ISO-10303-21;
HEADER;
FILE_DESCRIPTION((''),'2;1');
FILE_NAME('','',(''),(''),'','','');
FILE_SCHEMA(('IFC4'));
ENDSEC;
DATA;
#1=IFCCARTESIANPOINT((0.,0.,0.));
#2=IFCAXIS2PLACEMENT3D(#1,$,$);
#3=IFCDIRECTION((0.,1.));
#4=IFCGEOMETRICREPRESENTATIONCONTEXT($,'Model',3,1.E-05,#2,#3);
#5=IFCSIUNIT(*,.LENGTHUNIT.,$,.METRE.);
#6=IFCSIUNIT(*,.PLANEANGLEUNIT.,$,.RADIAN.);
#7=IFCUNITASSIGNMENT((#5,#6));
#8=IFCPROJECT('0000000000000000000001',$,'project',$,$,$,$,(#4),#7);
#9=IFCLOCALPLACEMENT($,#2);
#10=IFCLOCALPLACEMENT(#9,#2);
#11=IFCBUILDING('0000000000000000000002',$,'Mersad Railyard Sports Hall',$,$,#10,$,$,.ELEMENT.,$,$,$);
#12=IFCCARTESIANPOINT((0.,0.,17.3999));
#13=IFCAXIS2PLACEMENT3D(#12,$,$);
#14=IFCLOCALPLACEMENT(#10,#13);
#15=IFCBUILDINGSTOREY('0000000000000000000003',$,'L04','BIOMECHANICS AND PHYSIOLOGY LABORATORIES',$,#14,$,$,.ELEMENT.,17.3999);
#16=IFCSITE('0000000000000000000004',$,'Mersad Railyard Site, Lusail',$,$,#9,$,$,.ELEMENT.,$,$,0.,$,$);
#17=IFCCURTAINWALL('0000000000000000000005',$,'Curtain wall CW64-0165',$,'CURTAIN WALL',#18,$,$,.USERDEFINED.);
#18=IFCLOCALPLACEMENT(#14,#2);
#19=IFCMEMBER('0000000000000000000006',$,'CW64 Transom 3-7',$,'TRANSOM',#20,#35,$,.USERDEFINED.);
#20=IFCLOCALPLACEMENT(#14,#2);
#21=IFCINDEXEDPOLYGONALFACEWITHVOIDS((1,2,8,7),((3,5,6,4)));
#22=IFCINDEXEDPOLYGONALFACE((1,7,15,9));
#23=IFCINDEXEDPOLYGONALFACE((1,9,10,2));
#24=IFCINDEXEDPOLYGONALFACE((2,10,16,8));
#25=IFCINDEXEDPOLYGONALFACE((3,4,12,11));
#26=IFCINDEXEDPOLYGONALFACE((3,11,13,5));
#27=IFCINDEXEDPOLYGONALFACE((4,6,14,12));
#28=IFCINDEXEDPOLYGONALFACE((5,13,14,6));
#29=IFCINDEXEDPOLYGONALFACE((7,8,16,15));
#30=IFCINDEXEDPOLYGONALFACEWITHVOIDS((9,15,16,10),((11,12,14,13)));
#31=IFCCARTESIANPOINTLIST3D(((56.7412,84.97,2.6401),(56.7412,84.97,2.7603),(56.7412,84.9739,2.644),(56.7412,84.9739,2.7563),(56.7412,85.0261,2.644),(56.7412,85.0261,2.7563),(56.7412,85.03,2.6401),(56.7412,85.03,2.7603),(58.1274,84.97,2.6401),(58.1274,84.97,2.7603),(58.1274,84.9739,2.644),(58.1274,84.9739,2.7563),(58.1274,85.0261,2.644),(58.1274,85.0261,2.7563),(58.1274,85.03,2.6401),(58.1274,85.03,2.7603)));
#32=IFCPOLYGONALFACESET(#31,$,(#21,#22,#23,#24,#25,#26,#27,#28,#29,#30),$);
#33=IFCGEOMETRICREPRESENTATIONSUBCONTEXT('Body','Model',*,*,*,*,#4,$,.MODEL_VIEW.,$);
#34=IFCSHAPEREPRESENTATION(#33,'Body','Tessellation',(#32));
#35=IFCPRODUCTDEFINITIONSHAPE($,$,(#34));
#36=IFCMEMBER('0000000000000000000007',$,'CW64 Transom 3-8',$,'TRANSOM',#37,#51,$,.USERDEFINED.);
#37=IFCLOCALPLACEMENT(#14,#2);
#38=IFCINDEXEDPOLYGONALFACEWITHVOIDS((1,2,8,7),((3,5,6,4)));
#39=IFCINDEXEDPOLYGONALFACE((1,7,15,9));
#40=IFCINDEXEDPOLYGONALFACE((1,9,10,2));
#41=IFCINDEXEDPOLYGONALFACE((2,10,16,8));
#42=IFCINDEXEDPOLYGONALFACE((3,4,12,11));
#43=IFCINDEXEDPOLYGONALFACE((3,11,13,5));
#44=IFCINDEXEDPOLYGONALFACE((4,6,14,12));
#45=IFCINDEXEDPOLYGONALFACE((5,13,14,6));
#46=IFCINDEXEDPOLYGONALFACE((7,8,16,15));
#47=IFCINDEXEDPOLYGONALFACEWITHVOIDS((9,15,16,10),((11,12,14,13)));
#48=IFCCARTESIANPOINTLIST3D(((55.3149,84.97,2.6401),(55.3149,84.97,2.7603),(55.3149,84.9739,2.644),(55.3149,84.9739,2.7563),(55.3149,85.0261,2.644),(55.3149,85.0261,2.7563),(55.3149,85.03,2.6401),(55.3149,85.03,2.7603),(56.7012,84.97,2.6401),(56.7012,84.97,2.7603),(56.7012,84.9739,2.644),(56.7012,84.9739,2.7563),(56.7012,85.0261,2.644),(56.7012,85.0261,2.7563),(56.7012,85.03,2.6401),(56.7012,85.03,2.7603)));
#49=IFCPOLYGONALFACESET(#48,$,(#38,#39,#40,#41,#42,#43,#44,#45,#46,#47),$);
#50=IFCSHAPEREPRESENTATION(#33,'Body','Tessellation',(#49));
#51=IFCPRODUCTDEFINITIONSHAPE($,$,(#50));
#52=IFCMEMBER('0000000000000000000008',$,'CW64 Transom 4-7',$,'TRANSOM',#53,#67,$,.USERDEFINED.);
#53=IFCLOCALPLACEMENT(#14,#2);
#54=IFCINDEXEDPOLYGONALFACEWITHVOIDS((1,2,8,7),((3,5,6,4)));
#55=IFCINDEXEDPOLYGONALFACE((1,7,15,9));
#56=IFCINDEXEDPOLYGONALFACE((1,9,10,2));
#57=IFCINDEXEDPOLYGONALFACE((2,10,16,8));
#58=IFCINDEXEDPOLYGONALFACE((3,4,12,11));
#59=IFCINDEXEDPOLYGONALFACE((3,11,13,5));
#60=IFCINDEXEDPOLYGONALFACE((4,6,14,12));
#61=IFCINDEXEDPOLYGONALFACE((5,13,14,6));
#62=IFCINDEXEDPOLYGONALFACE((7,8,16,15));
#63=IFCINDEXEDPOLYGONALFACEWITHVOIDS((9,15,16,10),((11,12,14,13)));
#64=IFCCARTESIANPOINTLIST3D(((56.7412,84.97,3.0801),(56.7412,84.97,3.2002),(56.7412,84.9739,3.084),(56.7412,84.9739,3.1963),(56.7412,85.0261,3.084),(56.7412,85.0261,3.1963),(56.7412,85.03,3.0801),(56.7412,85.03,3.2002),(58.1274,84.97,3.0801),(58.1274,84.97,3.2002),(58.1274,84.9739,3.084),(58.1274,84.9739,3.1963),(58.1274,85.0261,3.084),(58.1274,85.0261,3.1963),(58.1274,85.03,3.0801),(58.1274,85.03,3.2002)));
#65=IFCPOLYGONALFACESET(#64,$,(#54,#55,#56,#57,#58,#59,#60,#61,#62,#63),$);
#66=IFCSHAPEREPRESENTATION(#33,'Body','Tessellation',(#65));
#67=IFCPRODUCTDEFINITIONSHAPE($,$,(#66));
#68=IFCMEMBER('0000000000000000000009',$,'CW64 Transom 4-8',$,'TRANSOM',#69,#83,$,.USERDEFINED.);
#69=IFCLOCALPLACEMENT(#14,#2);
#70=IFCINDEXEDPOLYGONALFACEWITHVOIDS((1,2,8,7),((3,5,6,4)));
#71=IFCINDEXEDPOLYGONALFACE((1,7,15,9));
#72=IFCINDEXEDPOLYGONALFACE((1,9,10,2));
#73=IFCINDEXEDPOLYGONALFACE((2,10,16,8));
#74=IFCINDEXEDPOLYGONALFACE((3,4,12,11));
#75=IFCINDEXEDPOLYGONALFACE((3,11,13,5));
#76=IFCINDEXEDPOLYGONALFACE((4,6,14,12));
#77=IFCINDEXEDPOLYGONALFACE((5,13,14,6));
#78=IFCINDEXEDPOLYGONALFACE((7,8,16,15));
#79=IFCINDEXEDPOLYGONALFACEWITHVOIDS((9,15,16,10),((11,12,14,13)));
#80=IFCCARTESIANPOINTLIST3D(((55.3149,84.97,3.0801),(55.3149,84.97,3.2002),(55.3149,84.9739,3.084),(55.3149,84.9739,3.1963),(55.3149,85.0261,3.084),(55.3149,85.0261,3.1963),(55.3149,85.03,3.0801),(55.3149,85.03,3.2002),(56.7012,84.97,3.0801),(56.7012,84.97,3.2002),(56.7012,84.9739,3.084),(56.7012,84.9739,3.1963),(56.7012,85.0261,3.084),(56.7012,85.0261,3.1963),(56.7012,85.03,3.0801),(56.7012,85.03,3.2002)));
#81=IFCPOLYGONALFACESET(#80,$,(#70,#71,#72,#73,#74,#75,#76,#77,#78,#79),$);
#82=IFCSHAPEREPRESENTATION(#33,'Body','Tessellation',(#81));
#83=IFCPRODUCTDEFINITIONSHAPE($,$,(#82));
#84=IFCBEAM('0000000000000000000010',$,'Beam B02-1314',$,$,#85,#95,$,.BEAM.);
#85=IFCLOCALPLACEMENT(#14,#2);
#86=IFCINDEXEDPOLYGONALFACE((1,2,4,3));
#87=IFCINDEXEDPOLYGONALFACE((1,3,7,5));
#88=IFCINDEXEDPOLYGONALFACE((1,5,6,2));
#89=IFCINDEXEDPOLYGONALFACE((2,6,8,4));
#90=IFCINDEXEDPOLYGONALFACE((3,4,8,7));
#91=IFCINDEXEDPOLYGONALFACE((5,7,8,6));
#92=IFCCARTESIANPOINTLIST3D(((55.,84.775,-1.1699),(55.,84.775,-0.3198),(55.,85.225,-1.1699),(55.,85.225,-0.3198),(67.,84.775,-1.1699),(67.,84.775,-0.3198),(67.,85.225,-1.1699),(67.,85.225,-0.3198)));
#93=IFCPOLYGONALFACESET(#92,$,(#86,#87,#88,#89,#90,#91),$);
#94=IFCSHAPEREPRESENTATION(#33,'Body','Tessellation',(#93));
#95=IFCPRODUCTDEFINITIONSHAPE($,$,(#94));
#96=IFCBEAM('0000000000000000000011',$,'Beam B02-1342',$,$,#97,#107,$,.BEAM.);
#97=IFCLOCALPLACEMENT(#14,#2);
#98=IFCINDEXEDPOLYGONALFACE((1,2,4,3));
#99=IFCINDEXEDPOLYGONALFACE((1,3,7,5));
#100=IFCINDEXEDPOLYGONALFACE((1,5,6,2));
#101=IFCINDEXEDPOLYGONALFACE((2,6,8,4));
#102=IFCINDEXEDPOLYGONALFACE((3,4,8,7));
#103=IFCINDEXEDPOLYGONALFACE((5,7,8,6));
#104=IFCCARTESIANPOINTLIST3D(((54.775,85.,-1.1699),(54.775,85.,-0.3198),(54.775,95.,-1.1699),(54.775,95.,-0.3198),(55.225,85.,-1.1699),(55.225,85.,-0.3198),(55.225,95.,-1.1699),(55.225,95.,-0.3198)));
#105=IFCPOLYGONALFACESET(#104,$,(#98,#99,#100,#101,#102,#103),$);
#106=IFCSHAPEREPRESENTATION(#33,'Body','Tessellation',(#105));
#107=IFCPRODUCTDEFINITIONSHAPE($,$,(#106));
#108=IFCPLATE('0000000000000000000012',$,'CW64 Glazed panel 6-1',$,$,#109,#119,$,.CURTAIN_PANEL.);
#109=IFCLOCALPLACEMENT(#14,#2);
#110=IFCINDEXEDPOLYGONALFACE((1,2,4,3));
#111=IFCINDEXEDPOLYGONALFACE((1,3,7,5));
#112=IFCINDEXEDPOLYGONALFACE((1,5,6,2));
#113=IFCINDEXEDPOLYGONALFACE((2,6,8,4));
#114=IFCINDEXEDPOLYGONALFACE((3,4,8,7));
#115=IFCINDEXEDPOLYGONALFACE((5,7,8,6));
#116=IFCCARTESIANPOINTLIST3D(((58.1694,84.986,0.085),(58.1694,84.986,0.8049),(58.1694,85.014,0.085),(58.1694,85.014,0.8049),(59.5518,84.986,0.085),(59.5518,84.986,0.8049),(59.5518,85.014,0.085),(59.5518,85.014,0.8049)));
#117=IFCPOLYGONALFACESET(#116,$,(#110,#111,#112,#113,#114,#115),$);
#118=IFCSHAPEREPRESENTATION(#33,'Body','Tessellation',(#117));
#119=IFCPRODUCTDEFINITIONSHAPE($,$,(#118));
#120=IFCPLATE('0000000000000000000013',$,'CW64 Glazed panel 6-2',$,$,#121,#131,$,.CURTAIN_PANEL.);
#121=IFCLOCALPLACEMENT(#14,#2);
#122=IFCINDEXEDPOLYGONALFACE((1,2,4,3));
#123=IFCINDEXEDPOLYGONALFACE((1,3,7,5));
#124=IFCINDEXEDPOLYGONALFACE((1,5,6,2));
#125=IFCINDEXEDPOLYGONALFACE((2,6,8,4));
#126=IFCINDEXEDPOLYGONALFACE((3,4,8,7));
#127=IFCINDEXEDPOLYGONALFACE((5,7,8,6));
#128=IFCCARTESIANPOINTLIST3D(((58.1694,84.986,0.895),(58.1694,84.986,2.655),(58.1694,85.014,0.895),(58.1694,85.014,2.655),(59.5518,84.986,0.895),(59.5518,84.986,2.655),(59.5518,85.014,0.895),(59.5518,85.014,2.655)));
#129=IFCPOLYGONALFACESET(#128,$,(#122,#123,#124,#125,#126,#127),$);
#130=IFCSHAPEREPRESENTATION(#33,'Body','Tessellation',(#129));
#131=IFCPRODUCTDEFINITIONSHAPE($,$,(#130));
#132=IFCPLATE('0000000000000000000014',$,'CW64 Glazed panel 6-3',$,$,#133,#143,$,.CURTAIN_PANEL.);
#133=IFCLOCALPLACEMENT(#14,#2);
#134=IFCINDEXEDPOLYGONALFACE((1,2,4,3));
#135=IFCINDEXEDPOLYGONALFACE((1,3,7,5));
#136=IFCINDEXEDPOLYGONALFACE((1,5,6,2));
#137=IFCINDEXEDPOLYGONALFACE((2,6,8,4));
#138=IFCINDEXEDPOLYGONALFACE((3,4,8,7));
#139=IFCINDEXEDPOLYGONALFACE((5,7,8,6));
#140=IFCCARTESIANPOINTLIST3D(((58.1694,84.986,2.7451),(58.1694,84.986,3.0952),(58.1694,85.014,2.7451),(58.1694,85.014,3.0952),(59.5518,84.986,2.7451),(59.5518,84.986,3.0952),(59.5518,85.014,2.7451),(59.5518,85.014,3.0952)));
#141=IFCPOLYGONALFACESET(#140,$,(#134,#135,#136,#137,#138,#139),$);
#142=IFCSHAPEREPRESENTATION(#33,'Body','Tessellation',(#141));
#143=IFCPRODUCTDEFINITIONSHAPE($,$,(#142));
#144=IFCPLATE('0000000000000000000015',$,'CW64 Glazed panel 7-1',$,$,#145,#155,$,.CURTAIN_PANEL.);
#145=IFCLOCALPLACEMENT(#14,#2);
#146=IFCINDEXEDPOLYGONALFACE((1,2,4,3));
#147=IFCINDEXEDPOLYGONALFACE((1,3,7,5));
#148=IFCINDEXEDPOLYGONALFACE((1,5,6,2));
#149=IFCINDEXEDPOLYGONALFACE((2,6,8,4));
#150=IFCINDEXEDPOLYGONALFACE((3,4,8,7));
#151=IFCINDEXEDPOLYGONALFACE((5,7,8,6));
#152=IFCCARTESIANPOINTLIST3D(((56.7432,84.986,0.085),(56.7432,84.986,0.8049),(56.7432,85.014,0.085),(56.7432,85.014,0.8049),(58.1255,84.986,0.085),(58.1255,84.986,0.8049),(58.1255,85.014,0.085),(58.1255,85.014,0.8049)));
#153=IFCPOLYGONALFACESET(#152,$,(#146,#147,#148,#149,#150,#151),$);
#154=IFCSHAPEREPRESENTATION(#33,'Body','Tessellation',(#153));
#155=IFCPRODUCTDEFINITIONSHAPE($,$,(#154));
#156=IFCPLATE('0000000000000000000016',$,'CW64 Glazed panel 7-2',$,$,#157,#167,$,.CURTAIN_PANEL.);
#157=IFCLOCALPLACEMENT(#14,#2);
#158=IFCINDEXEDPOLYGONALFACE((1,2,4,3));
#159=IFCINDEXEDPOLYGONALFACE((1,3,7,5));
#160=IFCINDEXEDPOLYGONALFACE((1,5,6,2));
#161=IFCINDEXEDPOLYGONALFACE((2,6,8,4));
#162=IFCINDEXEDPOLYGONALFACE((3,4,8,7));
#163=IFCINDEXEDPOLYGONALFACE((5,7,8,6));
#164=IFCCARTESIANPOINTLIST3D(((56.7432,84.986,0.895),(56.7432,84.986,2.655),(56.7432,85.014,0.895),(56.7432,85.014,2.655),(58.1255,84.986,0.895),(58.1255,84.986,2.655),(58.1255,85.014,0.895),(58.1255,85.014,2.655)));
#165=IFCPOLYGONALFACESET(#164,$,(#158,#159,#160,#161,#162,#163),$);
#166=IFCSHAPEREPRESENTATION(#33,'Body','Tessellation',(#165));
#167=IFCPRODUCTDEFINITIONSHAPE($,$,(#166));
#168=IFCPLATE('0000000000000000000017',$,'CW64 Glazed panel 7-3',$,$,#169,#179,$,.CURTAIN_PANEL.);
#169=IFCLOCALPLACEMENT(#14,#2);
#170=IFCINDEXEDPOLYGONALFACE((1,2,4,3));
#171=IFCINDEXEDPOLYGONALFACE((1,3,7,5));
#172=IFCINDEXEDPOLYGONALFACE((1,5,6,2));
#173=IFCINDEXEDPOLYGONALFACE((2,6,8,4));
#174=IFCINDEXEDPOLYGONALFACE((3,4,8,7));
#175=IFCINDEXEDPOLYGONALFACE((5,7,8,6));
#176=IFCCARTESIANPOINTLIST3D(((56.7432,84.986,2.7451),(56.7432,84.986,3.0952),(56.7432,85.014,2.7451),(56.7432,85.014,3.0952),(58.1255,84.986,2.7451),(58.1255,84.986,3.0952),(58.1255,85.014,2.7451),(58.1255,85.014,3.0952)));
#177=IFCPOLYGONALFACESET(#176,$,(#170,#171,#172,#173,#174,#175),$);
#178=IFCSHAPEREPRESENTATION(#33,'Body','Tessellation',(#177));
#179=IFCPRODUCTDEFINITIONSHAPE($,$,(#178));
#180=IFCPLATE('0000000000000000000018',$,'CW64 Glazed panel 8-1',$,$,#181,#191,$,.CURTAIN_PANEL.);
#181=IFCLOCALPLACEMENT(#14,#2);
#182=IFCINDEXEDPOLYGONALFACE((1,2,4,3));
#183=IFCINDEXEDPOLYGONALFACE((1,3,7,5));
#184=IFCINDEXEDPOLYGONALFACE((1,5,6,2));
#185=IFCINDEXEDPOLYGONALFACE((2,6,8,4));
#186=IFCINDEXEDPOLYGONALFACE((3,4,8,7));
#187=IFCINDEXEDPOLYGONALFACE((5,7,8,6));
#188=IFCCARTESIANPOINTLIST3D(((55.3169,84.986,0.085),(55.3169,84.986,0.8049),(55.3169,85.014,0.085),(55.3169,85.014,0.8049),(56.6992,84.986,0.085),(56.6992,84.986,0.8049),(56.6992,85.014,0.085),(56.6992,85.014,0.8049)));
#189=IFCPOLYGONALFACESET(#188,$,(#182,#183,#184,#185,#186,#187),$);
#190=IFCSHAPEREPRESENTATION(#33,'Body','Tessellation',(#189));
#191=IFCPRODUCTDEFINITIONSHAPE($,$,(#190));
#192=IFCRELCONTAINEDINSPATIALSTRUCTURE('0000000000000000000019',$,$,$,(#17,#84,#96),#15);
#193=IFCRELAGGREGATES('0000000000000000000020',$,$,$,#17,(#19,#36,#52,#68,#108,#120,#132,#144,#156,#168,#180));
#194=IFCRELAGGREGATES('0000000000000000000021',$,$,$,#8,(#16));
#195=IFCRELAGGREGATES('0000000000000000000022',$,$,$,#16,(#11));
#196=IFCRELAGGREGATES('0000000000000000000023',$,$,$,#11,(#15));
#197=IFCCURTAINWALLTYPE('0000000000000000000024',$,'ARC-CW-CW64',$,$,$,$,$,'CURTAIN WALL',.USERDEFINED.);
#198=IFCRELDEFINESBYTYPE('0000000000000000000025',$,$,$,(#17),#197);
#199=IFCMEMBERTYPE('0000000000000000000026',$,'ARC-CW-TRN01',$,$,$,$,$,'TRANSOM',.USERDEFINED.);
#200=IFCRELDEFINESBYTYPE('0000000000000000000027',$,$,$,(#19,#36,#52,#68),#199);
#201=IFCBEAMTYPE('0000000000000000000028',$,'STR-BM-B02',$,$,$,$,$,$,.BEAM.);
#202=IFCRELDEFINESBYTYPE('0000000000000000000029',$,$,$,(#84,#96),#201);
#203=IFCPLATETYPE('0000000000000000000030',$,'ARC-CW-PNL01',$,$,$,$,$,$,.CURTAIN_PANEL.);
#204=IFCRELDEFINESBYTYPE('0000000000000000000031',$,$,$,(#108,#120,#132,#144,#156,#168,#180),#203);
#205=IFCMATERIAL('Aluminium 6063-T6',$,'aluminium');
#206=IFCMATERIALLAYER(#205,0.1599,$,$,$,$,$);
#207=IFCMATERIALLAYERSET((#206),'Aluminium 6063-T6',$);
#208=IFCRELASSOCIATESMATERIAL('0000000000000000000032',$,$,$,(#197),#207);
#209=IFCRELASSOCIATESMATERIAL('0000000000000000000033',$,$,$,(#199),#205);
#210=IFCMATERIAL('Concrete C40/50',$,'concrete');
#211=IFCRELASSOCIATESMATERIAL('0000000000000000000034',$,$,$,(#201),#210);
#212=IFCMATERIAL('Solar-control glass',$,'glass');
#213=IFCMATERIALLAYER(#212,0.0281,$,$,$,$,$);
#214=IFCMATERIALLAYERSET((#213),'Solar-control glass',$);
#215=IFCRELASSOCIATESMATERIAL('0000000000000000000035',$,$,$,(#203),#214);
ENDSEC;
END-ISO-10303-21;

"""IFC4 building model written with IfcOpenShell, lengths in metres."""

from ifc_helpers import new_model, si_unit, direction, frame, origin, origin_2d, place, context, subcontext, project, spatial, rectangle, hollow_rectangle, extrude, material, layer, layer_set, material_profile, profile_set, type_object, element, aggregate, save


model = new_model("IFC4")

# Units and contexts
model_context = context("Model", 3, precision=1e-05, world=origin(), true_north=direction((0.0, 1.0)))
body_context = subcontext(model_context, "Body", "Model", "MODEL_VIEW")
ifc_project = project(units=[si_unit("LENGTHUNIT", "METRE"), si_unit("PLANEANGLEUNIT", "RADIAN")], contexts=[model_context])

# Site, building, storey
site_placement = place(None, origin())
site = spatial("IfcSite", under=ifc_project, at=site_placement, Name="Mersad Railyard Site, Lusail", CompositionType="ELEMENT", RefElevation=0.0)
building_placement = place(site_placement, origin())
building = spatial("IfcBuilding", under=site, at=building_placement, Name="Mersad Railyard Sports Hall", CompositionType="ELEMENT")
storey_placement = place(building_placement, frame((0.0, 0.0, 17.3999)))
storey = spatial("IfcBuildingStorey", under=building, at=storey_placement, Name="L04", Description="BIOMECHANICS AND PHYSIOLOGY LABORATORIES", CompositionType="ELEMENT", Elevation=17.3999)

# Shared definitions
ifc_material_1 = material(Name="Concrete C40/50", Category="concrete")

# Curtain wall, members
ifc_material_2 = material(Name="Aluminium 6063-T6", Category="aluminium")
ifc_layer_1 = layer(ifc_material_2, 0.1599)
ifc_layer_set_1 = layer_set([ifc_layer_1], Name="Aluminium 6063-T6")
curtain_wall_type = type_object("IfcCurtainWallType", Name="ARC-CW-CW64", ElementType="CURTAIN WALL", PredefinedType="USERDEFINED", material=ifc_layer_set_1)
curtain_wall_placement = place(storey_placement, origin())
curtain_wall = element("IfcCurtainWall", 1, at=curtain_wall_placement, inside=storey, type_object=curtain_wall_type, Name="Curtain wall CW64-0165", ObjectType="CURTAIN WALL", PredefinedType="USERDEFINED")
ifc_material_profile_1 = material_profile(ifc_material_2, hollow_rectangle(XDim=0.0601, YDim=0.1201, WallThickness=0.0039, at=origin_2d()), Name="AL TRANSOM 60x120x4")
ifc_profile_set_1 = profile_set([ifc_material_profile_1], Name="Aluminium 6063-T6")
member_type_1 = type_object("IfcMemberType", Name="ARC-CW-TRN01", ElementType="TRANSOM", PredefinedType="USERDEFINED", material=ifc_profile_set_1)
member_1_placement = place(storey_placement, frame((58.1274, 85.0, 2.7002), z_axis=(-1.0, 0.0, 0.0), x_axis=(0.0, -1.0, 0.0)))
member_1 = element("IfcMember", 2, at=member_1_placement, type_object=member_type_1, Name="CW64 Transom 3-7", ObjectType="TRANSOM", PredefinedType="USERDEFINED", context=body_context, shape_type="SweptSolid", body=[
    extrude(hollow_rectangle(XDim=0.0601, YDim=0.1201, WallThickness=0.0039, at=origin_2d()), origin(), (0.0, 0.0, 1.0), 1.3862),
])
member_2_placement = place(storey_placement, frame((56.7012, 85.0, 2.7002), z_axis=(-1.0, 0.0, 0.0), x_axis=(0.0, -1.0, 0.0)))
member_2 = element("IfcMember", 3, at=member_2_placement, type_object=member_type_1, Name="CW64 Transom 3-8", ObjectType="TRANSOM", PredefinedType="USERDEFINED", context=body_context, shape_type="SweptSolid", body=[
    extrude(hollow_rectangle(XDim=0.0601, YDim=0.1201, WallThickness=0.0039, at=origin_2d()), origin(), (0.0, 0.0, 1.0), 1.3862),
])
member_3_placement = place(storey_placement, frame((58.1274, 85.0, 3.1401), z_axis=(-1.0, 0.0, 0.0), x_axis=(0.0, -1.0, 0.0)))
member_3 = element("IfcMember", 4, at=member_3_placement, type_object=member_type_1, Name="CW64 Transom 4-7", ObjectType="TRANSOM", PredefinedType="USERDEFINED", context=body_context, shape_type="SweptSolid", body=[
    extrude(hollow_rectangle(XDim=0.0601, YDim=0.1201, WallThickness=0.0039, at=origin_2d()), origin(), (0.0, 0.0, 1.0), 1.3862),
])
member_4_placement = place(storey_placement, frame((56.7012, 85.0, 3.1401), z_axis=(-1.0, 0.0, 0.0), x_axis=(0.0, -1.0, 0.0)))
member_4 = element("IfcMember", 5, at=member_4_placement, type_object=member_type_1, Name="CW64 Transom 4-8", ObjectType="TRANSOM", PredefinedType="USERDEFINED", context=body_context, shape_type="SweptSolid", body=[
    extrude(hollow_rectangle(XDim=0.0601, YDim=0.1201, WallThickness=0.0039, at=origin_2d()), origin(), (0.0, 0.0, 1.0), 1.3862),
])

# Beams
ifc_material_profile_2 = material_profile(ifc_material_1, rectangle(XDim=0.45, YDim=0.8501, at=origin_2d()), Name="RC 450x850")
ifc_profile_set_2 = profile_set([ifc_material_profile_2], Name="Concrete C40/50")
beam_type = type_object("IfcBeamType", Name="STR-BM-B02", PredefinedType="BEAM", material=ifc_profile_set_2)
beam_1_placement = place(storey_placement, frame((55.0, 85.0, -0.7449), z_axis=(1.0, 0.0, 0.0), x_axis=(0.0, 1.0, 0.0)))
element("IfcBeam", 6, at=beam_1_placement, inside=storey, type_object=beam_type, Name="Beam B02-1314", PredefinedType="BEAM", context=body_context, shape_type="SweptSolid", body=[
    extrude(rectangle(XDim=0.45, YDim=0.8501, at=origin_2d()), origin(), (0.0, 0.0, 1.0), 12.0),
])
beam_2_placement = place(storey_placement, frame((55.0, 85.0, -0.7449), z_axis=(0.0, 1.0, 0.0), x_axis=(-1.0, 0.0, 0.0)))
element("IfcBeam", 7, at=beam_2_placement, inside=storey, type_object=beam_type, Name="Beam B02-1342", PredefinedType="BEAM", context=body_context, shape_type="SweptSolid", body=[
    extrude(rectangle(XDim=0.45, YDim=0.8501, at=origin_2d()), origin(), (0.0, 0.0, 1.0), 10.0),
])

# Plates
ifc_material_3 = material(Name="Solar-control glass", Category="glass")
ifc_layer_2 = layer(ifc_material_3, 0.0281)
ifc_layer_set_2 = layer_set([ifc_layer_2], Name="Solar-control glass")
plate_type = type_object("IfcPlateType", Name="ARC-CW-PNL01", PredefinedType="CURTAIN_PANEL", material=ifc_layer_set_2)
plate_1_placement = place(storey_placement, frame((58.8606, 85.0, 0.085), z_axis=(0.0, 0.0, 1.0), x_axis=(-1.0, 0.0, 0.0)))
plate_1 = element("IfcPlate", 8, at=plate_1_placement, type_object=plate_type, Name="CW64 Glazed panel 6-1", PredefinedType="CURTAIN_PANEL", context=body_context, shape_type="SweptSolid", body=[
    extrude(rectangle(XDim=1.3823, YDim=0.0281, at=origin_2d()), origin(), (0.0, 0.0, 1.0), 0.72),
])
plate_2_placement = place(storey_placement, frame((58.8606, 85.0, 0.895), z_axis=(0.0, 0.0, 1.0), x_axis=(-1.0, 0.0, 0.0)))
plate_2 = element("IfcPlate", 9, at=plate_2_placement, type_object=plate_type, Name="CW64 Glazed panel 6-2", PredefinedType="CURTAIN_PANEL", context=body_context, shape_type="SweptSolid", body=[
    extrude(rectangle(XDim=1.3823, YDim=0.0281, at=origin_2d()), origin(), (0.0, 0.0, 1.0), 1.76),
])
plate_3_placement = place(storey_placement, frame((58.8606, 85.0, 2.7451), z_axis=(0.0, 0.0, 1.0), x_axis=(-1.0, 0.0, 0.0)))
plate_3 = element("IfcPlate", 10, at=plate_3_placement, type_object=plate_type, Name="CW64 Glazed panel 6-3", PredefinedType="CURTAIN_PANEL", context=body_context, shape_type="SweptSolid", body=[
    extrude(rectangle(XDim=1.3823, YDim=0.0281, at=origin_2d()), origin(), (0.0, 0.0, 1.0), 0.3501),
])
plate_4_placement = place(storey_placement, frame((57.4343, 85.0, 0.085), z_axis=(0.0, 0.0, 1.0), x_axis=(-1.0, 0.0, 0.0)))
plate_4 = element("IfcPlate", 11, at=plate_4_placement, type_object=plate_type, Name="CW64 Glazed panel 7-1", PredefinedType="CURTAIN_PANEL", context=body_context, shape_type="SweptSolid", body=[
    extrude(rectangle(XDim=1.3823, YDim=0.0281, at=origin_2d()), origin(), (0.0, 0.0, 1.0), 0.72),
])
plate_5_placement = place(storey_placement, frame((57.4343, 85.0, 0.895), z_axis=(0.0, 0.0, 1.0), x_axis=(-1.0, 0.0, 0.0)))
plate_5 = element("IfcPlate", 12, at=plate_5_placement, type_object=plate_type, Name="CW64 Glazed panel 7-2", PredefinedType="CURTAIN_PANEL", context=body_context, shape_type="SweptSolid", body=[
    extrude(rectangle(XDim=1.3823, YDim=0.0281, at=origin_2d()), origin(), (0.0, 0.0, 1.0), 1.76),
])
plate_6_placement = place(storey_placement, frame((57.4343, 85.0, 2.7451), z_axis=(0.0, 0.0, 1.0), x_axis=(-1.0, 0.0, 0.0)))
plate_6 = element("IfcPlate", 13, at=plate_6_placement, type_object=plate_type, Name="CW64 Glazed panel 7-3", PredefinedType="CURTAIN_PANEL", context=body_context, shape_type="SweptSolid", body=[
    extrude(rectangle(XDim=1.3823, YDim=0.0281, at=origin_2d()), origin(), (0.0, 0.0, 1.0), 0.3501),
])
plate_7_placement = place(storey_placement, frame((56.0081, 85.0, 0.085), z_axis=(0.0, 0.0, 1.0), x_axis=(-1.0, 0.0, 0.0)))
plate_7 = element("IfcPlate", 14, at=plate_7_placement, type_object=plate_type, Name="CW64 Glazed panel 8-1", PredefinedType="CURTAIN_PANEL", context=body_context, shape_type="SweptSolid", body=[
    extrude(rectangle(XDim=1.3823, YDim=0.0281, at=origin_2d()), origin(), (0.0, 0.0, 1.0), 0.72),
])
aggregate(curtain_wall, [member_1, member_2, member_3, member_4, plate_1, plate_2, plate_3, plate_4, plate_5, plate_6, plate_7])

save(model, "model.ifc")
